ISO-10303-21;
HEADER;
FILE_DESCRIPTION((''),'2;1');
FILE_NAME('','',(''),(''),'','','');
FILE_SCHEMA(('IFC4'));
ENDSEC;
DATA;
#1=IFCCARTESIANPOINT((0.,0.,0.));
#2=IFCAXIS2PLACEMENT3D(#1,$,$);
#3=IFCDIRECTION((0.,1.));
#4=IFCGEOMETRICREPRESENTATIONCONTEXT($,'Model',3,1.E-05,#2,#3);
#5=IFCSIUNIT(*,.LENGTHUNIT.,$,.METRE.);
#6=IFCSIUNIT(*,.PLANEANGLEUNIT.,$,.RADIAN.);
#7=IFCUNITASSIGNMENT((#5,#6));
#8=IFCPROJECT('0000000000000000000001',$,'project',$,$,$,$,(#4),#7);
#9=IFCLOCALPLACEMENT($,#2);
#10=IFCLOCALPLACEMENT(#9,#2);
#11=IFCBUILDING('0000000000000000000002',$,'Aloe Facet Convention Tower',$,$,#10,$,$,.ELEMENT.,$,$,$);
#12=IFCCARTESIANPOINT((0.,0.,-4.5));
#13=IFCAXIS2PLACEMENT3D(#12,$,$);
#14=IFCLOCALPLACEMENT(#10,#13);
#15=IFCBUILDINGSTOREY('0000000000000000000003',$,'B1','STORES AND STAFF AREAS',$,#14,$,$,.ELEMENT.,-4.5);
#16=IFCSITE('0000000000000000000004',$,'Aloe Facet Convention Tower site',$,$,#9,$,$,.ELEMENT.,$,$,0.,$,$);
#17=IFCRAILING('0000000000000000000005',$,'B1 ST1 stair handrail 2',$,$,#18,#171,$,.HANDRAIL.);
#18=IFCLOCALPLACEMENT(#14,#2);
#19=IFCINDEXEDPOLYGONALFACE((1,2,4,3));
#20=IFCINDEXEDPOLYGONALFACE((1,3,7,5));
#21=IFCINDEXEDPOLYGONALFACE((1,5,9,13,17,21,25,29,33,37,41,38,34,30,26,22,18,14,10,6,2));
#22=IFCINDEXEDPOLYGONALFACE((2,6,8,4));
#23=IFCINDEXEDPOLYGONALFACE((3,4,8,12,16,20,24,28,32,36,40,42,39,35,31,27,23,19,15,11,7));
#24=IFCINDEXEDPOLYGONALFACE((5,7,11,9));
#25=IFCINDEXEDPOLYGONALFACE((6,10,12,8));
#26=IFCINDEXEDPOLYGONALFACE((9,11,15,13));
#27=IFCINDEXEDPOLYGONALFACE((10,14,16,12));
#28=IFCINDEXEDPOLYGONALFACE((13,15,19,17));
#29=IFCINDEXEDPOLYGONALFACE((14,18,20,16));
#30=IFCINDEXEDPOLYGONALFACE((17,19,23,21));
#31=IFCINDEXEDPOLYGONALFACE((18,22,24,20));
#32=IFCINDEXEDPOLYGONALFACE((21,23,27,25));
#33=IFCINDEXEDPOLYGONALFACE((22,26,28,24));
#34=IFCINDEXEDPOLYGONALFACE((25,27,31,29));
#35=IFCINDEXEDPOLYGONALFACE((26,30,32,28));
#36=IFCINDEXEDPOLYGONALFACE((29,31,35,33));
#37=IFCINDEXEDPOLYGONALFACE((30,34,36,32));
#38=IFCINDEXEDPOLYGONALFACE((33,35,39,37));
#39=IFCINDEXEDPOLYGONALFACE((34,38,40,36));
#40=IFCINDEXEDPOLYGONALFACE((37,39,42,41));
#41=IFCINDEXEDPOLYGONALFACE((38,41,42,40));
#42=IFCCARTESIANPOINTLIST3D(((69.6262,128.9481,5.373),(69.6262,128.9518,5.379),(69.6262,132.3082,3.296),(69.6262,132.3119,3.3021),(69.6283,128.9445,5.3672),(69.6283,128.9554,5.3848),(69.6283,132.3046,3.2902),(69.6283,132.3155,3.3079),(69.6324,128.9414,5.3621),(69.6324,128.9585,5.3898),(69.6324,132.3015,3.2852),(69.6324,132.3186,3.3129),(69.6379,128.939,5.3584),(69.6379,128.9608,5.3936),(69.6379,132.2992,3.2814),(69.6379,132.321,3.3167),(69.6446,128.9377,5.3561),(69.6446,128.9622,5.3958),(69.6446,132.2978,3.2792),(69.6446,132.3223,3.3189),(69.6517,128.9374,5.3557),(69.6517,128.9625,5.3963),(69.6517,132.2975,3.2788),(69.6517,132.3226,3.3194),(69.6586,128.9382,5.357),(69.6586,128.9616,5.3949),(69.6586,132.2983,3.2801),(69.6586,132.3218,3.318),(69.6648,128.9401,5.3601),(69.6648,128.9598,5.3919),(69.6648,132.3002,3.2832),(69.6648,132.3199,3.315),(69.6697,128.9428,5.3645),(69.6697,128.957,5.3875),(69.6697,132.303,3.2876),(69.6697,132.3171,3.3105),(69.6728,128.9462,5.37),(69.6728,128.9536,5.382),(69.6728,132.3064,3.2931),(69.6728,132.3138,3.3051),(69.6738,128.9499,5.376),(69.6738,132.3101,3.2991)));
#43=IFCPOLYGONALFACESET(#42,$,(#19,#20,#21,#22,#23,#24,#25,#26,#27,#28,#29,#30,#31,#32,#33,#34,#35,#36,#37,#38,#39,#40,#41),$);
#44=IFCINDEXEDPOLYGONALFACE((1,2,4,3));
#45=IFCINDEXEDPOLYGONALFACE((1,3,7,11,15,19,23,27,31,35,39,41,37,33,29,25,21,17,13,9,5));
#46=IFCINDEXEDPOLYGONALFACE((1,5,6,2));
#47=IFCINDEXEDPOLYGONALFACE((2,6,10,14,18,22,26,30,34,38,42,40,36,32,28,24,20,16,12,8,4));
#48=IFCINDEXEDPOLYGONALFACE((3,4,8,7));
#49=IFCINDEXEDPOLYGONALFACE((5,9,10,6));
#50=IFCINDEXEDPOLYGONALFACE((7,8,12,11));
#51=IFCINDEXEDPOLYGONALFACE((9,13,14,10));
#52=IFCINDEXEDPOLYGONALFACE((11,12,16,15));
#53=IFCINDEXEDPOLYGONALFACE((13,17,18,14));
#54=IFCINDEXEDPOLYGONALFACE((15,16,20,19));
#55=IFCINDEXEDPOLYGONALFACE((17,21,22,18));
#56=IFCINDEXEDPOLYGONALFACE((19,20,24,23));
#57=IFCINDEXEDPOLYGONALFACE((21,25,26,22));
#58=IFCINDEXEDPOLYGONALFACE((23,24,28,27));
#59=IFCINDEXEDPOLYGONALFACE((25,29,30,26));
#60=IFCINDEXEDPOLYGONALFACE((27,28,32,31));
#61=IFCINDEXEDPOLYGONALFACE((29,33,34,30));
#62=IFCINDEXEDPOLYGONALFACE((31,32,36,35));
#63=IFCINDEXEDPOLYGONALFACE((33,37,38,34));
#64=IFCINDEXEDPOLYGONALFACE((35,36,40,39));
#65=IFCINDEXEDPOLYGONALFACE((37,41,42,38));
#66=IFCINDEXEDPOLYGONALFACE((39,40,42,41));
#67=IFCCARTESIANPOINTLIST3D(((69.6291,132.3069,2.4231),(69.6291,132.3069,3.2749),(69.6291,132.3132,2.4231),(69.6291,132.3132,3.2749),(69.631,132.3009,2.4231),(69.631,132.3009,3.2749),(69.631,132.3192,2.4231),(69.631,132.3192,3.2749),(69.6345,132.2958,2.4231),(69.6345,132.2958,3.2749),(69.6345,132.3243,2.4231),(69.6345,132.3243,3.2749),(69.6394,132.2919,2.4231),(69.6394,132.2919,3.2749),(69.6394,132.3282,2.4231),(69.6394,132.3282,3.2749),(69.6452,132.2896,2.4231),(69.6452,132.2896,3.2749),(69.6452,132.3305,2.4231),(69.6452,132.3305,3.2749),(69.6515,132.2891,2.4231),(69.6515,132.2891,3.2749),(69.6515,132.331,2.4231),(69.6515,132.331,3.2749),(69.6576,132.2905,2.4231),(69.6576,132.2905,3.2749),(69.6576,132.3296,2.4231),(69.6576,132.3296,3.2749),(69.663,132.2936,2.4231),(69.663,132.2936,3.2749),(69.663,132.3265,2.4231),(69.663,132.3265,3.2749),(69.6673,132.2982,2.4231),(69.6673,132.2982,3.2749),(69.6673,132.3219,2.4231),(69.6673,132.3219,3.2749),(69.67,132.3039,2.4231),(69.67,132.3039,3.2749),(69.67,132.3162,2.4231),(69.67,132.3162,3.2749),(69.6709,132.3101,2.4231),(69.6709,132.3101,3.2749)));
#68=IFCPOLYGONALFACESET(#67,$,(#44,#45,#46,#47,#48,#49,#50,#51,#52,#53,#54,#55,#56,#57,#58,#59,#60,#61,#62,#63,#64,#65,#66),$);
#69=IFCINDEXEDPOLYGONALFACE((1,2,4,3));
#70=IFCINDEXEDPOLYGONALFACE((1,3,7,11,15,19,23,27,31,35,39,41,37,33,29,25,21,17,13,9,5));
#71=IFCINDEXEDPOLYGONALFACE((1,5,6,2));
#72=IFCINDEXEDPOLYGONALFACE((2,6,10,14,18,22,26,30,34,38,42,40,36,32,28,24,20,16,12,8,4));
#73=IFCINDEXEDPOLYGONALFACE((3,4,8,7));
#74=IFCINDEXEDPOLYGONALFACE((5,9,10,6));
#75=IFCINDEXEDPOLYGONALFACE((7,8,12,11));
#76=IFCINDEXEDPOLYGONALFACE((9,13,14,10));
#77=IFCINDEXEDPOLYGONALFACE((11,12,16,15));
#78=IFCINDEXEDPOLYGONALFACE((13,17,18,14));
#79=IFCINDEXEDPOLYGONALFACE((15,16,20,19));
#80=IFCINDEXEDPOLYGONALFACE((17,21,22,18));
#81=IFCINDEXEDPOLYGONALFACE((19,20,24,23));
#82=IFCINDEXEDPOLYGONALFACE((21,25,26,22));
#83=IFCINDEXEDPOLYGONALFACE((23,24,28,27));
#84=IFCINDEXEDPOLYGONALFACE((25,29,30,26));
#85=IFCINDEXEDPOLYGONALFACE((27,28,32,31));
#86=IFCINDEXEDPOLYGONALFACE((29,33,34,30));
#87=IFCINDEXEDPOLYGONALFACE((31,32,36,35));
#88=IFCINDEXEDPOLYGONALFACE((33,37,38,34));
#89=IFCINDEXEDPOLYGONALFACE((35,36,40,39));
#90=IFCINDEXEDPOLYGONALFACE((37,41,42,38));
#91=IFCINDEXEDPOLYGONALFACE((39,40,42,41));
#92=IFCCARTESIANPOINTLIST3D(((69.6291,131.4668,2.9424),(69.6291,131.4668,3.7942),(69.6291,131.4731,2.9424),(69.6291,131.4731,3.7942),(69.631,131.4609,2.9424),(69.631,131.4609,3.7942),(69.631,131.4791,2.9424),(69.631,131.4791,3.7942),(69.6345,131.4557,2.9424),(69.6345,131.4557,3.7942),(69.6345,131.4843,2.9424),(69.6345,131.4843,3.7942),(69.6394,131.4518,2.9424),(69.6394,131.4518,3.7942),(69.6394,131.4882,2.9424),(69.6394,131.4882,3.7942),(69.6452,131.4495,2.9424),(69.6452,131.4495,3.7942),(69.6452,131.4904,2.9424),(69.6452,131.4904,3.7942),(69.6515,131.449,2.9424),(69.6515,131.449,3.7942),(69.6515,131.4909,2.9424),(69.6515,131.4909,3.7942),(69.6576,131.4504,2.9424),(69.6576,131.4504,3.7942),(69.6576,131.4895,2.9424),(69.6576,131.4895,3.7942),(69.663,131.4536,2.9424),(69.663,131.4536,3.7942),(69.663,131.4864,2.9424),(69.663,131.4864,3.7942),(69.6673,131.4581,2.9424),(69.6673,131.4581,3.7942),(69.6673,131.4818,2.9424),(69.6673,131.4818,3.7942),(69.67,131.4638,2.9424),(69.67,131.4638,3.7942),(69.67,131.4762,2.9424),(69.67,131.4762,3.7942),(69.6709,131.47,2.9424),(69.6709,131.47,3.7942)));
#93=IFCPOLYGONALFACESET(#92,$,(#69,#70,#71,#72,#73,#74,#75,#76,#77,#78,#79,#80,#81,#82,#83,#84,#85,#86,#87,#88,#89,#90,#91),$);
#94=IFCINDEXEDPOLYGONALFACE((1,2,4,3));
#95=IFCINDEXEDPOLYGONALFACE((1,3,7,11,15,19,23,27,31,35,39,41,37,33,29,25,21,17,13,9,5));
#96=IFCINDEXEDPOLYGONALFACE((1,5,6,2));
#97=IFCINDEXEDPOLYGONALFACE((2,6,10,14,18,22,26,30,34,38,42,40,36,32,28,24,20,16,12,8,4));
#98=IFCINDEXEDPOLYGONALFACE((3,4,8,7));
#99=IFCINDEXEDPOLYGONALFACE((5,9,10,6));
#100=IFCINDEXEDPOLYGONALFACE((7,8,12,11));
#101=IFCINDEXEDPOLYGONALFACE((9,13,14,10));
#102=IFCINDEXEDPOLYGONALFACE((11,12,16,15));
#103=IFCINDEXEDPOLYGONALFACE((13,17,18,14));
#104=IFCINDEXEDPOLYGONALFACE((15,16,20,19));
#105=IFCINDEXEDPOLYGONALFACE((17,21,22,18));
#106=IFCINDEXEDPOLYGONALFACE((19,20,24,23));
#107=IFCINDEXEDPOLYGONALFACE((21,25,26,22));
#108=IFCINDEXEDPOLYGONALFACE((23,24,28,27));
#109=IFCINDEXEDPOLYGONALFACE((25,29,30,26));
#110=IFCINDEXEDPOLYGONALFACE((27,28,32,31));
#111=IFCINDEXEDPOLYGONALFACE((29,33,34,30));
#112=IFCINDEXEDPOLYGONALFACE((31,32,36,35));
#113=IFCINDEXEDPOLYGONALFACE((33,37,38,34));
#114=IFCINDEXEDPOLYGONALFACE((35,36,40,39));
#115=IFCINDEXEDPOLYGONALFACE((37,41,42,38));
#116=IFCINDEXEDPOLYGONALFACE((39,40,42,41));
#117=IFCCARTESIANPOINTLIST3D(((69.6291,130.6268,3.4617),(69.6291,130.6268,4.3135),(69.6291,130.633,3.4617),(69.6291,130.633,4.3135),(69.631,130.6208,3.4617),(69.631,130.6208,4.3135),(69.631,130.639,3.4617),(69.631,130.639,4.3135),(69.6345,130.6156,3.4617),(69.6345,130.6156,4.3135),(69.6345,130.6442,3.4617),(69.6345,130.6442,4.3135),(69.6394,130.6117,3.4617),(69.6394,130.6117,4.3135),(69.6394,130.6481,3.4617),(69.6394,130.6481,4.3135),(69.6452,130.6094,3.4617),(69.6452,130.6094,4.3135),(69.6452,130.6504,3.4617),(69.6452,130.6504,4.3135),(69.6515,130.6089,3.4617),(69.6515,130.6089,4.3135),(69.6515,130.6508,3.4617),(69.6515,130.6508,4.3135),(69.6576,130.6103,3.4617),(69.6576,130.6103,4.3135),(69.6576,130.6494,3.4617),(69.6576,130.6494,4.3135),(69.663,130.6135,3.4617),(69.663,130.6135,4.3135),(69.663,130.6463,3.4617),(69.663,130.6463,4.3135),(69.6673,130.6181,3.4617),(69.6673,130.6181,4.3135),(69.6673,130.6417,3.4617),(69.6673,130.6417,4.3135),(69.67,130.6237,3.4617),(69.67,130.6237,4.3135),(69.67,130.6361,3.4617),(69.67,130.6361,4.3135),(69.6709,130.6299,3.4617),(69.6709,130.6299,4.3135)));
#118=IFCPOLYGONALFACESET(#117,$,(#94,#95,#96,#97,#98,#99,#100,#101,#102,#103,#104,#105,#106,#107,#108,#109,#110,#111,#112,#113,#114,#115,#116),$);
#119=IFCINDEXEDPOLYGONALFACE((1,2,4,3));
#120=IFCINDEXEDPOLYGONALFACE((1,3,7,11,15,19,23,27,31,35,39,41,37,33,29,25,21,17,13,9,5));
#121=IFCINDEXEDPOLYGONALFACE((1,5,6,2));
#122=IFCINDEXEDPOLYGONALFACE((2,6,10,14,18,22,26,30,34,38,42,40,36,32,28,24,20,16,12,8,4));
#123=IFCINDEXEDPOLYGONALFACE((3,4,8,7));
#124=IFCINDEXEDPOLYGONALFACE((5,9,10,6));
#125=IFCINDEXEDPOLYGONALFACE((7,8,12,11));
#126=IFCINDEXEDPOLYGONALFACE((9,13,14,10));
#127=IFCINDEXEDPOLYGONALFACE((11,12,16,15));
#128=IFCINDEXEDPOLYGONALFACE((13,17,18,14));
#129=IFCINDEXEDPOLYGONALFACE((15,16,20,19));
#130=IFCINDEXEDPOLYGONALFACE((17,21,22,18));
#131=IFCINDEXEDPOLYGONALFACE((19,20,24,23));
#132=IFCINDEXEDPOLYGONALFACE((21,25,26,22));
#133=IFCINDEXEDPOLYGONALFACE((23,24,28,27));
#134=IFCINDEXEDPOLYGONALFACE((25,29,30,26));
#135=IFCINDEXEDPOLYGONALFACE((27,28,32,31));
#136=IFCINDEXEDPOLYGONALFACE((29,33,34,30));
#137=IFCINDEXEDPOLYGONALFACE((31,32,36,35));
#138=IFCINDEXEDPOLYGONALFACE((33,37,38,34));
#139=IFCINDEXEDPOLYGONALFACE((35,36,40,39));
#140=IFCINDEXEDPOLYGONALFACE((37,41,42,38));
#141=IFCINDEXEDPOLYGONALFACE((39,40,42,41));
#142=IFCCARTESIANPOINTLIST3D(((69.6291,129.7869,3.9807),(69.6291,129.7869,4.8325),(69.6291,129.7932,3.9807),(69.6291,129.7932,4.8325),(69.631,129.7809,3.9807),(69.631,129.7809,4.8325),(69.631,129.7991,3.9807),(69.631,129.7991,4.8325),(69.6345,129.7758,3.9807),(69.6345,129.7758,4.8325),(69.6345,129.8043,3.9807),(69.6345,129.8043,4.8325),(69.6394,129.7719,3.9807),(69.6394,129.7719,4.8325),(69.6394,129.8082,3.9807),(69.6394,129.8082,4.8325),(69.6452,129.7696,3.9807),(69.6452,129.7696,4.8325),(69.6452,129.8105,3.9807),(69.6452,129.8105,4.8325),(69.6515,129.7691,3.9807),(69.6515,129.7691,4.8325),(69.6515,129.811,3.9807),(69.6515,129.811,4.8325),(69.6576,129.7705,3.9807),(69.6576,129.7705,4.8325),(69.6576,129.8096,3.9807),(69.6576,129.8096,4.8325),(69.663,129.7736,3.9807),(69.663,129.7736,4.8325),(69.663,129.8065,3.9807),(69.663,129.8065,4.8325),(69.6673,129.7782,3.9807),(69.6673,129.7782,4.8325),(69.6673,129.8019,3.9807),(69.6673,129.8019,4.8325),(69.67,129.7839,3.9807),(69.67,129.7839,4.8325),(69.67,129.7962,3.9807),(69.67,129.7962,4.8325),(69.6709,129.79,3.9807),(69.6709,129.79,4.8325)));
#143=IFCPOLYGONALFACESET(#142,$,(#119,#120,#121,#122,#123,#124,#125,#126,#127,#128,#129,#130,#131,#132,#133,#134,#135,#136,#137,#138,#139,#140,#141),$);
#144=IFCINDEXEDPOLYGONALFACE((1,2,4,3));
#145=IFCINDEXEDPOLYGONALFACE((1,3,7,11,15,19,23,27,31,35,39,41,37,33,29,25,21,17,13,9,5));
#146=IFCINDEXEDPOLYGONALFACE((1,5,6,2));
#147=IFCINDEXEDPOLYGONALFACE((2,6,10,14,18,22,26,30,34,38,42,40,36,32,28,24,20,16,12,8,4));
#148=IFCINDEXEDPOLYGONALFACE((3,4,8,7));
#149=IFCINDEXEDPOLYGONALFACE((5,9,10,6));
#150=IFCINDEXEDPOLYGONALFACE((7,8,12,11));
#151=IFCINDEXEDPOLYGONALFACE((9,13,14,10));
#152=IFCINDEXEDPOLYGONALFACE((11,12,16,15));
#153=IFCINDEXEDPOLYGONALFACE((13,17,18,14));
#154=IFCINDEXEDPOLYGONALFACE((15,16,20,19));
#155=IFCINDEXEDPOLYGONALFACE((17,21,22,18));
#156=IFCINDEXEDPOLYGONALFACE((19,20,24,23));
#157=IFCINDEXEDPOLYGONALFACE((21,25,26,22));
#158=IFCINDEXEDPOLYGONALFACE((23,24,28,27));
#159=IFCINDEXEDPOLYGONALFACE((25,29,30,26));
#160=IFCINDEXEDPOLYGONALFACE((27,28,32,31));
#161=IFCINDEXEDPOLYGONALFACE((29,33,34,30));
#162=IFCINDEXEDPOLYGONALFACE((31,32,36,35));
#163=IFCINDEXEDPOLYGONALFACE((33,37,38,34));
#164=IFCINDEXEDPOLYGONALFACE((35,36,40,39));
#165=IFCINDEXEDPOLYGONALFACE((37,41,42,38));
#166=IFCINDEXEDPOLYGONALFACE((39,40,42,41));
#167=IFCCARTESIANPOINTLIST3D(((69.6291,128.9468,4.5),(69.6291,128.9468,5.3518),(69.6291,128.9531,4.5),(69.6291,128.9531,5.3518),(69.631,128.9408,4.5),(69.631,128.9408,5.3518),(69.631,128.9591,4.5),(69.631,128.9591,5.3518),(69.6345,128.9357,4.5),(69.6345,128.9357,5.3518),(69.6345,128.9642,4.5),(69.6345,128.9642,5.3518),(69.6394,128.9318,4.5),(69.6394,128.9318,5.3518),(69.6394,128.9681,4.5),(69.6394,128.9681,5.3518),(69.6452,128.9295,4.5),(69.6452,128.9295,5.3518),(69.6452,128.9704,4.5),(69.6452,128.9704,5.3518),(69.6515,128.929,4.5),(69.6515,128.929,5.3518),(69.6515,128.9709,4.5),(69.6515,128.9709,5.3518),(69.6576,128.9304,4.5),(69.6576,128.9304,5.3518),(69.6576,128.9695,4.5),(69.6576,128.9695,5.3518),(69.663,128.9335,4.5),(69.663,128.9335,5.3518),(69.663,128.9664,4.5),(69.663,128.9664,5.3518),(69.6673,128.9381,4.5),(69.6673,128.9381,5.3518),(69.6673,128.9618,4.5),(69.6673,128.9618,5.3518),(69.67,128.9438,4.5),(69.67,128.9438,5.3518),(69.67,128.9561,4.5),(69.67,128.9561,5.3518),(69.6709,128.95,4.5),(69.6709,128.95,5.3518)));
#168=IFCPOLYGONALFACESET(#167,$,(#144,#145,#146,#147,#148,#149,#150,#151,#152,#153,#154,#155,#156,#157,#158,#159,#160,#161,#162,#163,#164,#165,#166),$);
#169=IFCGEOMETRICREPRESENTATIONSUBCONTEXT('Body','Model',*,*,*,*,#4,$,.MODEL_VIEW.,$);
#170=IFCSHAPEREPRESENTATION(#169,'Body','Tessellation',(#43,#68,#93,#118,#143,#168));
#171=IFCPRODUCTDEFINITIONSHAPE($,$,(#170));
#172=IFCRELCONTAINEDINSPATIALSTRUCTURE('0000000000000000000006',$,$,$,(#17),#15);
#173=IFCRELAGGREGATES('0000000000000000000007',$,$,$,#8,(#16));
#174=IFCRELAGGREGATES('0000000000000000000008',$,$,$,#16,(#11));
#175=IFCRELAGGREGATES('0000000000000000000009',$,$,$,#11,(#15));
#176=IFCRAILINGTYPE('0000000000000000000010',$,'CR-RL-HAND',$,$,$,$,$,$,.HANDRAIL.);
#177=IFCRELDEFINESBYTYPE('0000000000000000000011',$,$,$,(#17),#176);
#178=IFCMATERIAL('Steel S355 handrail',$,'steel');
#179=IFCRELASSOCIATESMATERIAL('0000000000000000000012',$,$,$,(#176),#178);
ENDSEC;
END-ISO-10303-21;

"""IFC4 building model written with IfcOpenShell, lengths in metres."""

from ifc_helpers import new_model, si_unit, direction, frame, origin, origin_2d, place, context, subcontext, project, spatial, circle, extrude, material, type_object, element, save


model = new_model("IFC4")

# Units and contexts
model_context = context("Model", 3, precision=1e-05, world=origin(), true_north=direction((0.0, 1.0)))
body_context = subcontext(model_context, "Body", "Model", "MODEL_VIEW")
ifc_project = project(units=[si_unit("LENGTHUNIT", "METRE"), si_unit("PLANEANGLEUNIT", "RADIAN")], contexts=[model_context])

# Site, building, storey
site_placement = place(None, origin())
site = spatial("IfcSite", under=ifc_project, at=site_placement, Name="Aloe Facet Convention Tower site", CompositionType="ELEMENT", RefElevation=0.0)
building_placement = place(site_placement, origin())
building = spatial("IfcBuilding", under=site, at=building_placement, Name="Aloe Facet Convention Tower", CompositionType="ELEMENT")
storey_placement = place(building_placement, frame((0.0, 0.0, -4.5)))
storey = spatial("IfcBuildingStorey", under=building, at=storey_placement, Name="B1", Description="STORES AND STAFF AREAS", CompositionType="ELEMENT", Elevation=-4.5)

# Railing
ifc_material_1 = material(Name="Steel S355 handrail", Category="steel")
railing_type_1 = type_object("IfcRailingType", Name="CR-RL-HAND", PredefinedType="HANDRAIL", material=ifc_material_1)
railing_1_placement = place(storey_placement, frame((69.6499, 132.3101, 2.4231)))
element("IfcRailing", 1, at=railing_1_placement, inside=storey, type_object=railing_type_1, Name="B1 ST1 stair handrail 2", PredefinedType="HANDRAIL", context=body_context, shape_type="SweptSolid", body=[
    extrude(circle(Radius=0.0239, at=origin_2d()), frame((0.0, 0.0, 0.876), z_axis=(0.0, -0.850623, 0.525776), x_axis=(1.0, 0.0, 0.0)), (0.0, 0.0, 1.0), 3.9502),
    extrude(circle(Radius=0.021, at=origin_2d()), origin(), (0.0, 0.0, 1.0), 0.8518),
    extrude(circle(Radius=0.021, at=origin_2d()), frame((0.0, -0.8401, 0.5193)), (0.0, 0.0, 1.0), 0.8518),
    extrude(circle(Radius=0.021, at=origin_2d()), frame((0.0, -1.6802, 1.0386)), (0.0, 0.0, 1.0), 0.8518),
    extrude(circle(Radius=0.021, at=origin_2d()), frame((0.0, -2.52, 1.5576)), (0.0, 0.0, 1.0), 0.8518),
    extrude(circle(Radius=0.021, at=origin_2d()), frame((0.0, -3.3601, 2.0769)), (0.0, 0.0, 1.0), 0.8518),
])

save(model, "model.ifc")
